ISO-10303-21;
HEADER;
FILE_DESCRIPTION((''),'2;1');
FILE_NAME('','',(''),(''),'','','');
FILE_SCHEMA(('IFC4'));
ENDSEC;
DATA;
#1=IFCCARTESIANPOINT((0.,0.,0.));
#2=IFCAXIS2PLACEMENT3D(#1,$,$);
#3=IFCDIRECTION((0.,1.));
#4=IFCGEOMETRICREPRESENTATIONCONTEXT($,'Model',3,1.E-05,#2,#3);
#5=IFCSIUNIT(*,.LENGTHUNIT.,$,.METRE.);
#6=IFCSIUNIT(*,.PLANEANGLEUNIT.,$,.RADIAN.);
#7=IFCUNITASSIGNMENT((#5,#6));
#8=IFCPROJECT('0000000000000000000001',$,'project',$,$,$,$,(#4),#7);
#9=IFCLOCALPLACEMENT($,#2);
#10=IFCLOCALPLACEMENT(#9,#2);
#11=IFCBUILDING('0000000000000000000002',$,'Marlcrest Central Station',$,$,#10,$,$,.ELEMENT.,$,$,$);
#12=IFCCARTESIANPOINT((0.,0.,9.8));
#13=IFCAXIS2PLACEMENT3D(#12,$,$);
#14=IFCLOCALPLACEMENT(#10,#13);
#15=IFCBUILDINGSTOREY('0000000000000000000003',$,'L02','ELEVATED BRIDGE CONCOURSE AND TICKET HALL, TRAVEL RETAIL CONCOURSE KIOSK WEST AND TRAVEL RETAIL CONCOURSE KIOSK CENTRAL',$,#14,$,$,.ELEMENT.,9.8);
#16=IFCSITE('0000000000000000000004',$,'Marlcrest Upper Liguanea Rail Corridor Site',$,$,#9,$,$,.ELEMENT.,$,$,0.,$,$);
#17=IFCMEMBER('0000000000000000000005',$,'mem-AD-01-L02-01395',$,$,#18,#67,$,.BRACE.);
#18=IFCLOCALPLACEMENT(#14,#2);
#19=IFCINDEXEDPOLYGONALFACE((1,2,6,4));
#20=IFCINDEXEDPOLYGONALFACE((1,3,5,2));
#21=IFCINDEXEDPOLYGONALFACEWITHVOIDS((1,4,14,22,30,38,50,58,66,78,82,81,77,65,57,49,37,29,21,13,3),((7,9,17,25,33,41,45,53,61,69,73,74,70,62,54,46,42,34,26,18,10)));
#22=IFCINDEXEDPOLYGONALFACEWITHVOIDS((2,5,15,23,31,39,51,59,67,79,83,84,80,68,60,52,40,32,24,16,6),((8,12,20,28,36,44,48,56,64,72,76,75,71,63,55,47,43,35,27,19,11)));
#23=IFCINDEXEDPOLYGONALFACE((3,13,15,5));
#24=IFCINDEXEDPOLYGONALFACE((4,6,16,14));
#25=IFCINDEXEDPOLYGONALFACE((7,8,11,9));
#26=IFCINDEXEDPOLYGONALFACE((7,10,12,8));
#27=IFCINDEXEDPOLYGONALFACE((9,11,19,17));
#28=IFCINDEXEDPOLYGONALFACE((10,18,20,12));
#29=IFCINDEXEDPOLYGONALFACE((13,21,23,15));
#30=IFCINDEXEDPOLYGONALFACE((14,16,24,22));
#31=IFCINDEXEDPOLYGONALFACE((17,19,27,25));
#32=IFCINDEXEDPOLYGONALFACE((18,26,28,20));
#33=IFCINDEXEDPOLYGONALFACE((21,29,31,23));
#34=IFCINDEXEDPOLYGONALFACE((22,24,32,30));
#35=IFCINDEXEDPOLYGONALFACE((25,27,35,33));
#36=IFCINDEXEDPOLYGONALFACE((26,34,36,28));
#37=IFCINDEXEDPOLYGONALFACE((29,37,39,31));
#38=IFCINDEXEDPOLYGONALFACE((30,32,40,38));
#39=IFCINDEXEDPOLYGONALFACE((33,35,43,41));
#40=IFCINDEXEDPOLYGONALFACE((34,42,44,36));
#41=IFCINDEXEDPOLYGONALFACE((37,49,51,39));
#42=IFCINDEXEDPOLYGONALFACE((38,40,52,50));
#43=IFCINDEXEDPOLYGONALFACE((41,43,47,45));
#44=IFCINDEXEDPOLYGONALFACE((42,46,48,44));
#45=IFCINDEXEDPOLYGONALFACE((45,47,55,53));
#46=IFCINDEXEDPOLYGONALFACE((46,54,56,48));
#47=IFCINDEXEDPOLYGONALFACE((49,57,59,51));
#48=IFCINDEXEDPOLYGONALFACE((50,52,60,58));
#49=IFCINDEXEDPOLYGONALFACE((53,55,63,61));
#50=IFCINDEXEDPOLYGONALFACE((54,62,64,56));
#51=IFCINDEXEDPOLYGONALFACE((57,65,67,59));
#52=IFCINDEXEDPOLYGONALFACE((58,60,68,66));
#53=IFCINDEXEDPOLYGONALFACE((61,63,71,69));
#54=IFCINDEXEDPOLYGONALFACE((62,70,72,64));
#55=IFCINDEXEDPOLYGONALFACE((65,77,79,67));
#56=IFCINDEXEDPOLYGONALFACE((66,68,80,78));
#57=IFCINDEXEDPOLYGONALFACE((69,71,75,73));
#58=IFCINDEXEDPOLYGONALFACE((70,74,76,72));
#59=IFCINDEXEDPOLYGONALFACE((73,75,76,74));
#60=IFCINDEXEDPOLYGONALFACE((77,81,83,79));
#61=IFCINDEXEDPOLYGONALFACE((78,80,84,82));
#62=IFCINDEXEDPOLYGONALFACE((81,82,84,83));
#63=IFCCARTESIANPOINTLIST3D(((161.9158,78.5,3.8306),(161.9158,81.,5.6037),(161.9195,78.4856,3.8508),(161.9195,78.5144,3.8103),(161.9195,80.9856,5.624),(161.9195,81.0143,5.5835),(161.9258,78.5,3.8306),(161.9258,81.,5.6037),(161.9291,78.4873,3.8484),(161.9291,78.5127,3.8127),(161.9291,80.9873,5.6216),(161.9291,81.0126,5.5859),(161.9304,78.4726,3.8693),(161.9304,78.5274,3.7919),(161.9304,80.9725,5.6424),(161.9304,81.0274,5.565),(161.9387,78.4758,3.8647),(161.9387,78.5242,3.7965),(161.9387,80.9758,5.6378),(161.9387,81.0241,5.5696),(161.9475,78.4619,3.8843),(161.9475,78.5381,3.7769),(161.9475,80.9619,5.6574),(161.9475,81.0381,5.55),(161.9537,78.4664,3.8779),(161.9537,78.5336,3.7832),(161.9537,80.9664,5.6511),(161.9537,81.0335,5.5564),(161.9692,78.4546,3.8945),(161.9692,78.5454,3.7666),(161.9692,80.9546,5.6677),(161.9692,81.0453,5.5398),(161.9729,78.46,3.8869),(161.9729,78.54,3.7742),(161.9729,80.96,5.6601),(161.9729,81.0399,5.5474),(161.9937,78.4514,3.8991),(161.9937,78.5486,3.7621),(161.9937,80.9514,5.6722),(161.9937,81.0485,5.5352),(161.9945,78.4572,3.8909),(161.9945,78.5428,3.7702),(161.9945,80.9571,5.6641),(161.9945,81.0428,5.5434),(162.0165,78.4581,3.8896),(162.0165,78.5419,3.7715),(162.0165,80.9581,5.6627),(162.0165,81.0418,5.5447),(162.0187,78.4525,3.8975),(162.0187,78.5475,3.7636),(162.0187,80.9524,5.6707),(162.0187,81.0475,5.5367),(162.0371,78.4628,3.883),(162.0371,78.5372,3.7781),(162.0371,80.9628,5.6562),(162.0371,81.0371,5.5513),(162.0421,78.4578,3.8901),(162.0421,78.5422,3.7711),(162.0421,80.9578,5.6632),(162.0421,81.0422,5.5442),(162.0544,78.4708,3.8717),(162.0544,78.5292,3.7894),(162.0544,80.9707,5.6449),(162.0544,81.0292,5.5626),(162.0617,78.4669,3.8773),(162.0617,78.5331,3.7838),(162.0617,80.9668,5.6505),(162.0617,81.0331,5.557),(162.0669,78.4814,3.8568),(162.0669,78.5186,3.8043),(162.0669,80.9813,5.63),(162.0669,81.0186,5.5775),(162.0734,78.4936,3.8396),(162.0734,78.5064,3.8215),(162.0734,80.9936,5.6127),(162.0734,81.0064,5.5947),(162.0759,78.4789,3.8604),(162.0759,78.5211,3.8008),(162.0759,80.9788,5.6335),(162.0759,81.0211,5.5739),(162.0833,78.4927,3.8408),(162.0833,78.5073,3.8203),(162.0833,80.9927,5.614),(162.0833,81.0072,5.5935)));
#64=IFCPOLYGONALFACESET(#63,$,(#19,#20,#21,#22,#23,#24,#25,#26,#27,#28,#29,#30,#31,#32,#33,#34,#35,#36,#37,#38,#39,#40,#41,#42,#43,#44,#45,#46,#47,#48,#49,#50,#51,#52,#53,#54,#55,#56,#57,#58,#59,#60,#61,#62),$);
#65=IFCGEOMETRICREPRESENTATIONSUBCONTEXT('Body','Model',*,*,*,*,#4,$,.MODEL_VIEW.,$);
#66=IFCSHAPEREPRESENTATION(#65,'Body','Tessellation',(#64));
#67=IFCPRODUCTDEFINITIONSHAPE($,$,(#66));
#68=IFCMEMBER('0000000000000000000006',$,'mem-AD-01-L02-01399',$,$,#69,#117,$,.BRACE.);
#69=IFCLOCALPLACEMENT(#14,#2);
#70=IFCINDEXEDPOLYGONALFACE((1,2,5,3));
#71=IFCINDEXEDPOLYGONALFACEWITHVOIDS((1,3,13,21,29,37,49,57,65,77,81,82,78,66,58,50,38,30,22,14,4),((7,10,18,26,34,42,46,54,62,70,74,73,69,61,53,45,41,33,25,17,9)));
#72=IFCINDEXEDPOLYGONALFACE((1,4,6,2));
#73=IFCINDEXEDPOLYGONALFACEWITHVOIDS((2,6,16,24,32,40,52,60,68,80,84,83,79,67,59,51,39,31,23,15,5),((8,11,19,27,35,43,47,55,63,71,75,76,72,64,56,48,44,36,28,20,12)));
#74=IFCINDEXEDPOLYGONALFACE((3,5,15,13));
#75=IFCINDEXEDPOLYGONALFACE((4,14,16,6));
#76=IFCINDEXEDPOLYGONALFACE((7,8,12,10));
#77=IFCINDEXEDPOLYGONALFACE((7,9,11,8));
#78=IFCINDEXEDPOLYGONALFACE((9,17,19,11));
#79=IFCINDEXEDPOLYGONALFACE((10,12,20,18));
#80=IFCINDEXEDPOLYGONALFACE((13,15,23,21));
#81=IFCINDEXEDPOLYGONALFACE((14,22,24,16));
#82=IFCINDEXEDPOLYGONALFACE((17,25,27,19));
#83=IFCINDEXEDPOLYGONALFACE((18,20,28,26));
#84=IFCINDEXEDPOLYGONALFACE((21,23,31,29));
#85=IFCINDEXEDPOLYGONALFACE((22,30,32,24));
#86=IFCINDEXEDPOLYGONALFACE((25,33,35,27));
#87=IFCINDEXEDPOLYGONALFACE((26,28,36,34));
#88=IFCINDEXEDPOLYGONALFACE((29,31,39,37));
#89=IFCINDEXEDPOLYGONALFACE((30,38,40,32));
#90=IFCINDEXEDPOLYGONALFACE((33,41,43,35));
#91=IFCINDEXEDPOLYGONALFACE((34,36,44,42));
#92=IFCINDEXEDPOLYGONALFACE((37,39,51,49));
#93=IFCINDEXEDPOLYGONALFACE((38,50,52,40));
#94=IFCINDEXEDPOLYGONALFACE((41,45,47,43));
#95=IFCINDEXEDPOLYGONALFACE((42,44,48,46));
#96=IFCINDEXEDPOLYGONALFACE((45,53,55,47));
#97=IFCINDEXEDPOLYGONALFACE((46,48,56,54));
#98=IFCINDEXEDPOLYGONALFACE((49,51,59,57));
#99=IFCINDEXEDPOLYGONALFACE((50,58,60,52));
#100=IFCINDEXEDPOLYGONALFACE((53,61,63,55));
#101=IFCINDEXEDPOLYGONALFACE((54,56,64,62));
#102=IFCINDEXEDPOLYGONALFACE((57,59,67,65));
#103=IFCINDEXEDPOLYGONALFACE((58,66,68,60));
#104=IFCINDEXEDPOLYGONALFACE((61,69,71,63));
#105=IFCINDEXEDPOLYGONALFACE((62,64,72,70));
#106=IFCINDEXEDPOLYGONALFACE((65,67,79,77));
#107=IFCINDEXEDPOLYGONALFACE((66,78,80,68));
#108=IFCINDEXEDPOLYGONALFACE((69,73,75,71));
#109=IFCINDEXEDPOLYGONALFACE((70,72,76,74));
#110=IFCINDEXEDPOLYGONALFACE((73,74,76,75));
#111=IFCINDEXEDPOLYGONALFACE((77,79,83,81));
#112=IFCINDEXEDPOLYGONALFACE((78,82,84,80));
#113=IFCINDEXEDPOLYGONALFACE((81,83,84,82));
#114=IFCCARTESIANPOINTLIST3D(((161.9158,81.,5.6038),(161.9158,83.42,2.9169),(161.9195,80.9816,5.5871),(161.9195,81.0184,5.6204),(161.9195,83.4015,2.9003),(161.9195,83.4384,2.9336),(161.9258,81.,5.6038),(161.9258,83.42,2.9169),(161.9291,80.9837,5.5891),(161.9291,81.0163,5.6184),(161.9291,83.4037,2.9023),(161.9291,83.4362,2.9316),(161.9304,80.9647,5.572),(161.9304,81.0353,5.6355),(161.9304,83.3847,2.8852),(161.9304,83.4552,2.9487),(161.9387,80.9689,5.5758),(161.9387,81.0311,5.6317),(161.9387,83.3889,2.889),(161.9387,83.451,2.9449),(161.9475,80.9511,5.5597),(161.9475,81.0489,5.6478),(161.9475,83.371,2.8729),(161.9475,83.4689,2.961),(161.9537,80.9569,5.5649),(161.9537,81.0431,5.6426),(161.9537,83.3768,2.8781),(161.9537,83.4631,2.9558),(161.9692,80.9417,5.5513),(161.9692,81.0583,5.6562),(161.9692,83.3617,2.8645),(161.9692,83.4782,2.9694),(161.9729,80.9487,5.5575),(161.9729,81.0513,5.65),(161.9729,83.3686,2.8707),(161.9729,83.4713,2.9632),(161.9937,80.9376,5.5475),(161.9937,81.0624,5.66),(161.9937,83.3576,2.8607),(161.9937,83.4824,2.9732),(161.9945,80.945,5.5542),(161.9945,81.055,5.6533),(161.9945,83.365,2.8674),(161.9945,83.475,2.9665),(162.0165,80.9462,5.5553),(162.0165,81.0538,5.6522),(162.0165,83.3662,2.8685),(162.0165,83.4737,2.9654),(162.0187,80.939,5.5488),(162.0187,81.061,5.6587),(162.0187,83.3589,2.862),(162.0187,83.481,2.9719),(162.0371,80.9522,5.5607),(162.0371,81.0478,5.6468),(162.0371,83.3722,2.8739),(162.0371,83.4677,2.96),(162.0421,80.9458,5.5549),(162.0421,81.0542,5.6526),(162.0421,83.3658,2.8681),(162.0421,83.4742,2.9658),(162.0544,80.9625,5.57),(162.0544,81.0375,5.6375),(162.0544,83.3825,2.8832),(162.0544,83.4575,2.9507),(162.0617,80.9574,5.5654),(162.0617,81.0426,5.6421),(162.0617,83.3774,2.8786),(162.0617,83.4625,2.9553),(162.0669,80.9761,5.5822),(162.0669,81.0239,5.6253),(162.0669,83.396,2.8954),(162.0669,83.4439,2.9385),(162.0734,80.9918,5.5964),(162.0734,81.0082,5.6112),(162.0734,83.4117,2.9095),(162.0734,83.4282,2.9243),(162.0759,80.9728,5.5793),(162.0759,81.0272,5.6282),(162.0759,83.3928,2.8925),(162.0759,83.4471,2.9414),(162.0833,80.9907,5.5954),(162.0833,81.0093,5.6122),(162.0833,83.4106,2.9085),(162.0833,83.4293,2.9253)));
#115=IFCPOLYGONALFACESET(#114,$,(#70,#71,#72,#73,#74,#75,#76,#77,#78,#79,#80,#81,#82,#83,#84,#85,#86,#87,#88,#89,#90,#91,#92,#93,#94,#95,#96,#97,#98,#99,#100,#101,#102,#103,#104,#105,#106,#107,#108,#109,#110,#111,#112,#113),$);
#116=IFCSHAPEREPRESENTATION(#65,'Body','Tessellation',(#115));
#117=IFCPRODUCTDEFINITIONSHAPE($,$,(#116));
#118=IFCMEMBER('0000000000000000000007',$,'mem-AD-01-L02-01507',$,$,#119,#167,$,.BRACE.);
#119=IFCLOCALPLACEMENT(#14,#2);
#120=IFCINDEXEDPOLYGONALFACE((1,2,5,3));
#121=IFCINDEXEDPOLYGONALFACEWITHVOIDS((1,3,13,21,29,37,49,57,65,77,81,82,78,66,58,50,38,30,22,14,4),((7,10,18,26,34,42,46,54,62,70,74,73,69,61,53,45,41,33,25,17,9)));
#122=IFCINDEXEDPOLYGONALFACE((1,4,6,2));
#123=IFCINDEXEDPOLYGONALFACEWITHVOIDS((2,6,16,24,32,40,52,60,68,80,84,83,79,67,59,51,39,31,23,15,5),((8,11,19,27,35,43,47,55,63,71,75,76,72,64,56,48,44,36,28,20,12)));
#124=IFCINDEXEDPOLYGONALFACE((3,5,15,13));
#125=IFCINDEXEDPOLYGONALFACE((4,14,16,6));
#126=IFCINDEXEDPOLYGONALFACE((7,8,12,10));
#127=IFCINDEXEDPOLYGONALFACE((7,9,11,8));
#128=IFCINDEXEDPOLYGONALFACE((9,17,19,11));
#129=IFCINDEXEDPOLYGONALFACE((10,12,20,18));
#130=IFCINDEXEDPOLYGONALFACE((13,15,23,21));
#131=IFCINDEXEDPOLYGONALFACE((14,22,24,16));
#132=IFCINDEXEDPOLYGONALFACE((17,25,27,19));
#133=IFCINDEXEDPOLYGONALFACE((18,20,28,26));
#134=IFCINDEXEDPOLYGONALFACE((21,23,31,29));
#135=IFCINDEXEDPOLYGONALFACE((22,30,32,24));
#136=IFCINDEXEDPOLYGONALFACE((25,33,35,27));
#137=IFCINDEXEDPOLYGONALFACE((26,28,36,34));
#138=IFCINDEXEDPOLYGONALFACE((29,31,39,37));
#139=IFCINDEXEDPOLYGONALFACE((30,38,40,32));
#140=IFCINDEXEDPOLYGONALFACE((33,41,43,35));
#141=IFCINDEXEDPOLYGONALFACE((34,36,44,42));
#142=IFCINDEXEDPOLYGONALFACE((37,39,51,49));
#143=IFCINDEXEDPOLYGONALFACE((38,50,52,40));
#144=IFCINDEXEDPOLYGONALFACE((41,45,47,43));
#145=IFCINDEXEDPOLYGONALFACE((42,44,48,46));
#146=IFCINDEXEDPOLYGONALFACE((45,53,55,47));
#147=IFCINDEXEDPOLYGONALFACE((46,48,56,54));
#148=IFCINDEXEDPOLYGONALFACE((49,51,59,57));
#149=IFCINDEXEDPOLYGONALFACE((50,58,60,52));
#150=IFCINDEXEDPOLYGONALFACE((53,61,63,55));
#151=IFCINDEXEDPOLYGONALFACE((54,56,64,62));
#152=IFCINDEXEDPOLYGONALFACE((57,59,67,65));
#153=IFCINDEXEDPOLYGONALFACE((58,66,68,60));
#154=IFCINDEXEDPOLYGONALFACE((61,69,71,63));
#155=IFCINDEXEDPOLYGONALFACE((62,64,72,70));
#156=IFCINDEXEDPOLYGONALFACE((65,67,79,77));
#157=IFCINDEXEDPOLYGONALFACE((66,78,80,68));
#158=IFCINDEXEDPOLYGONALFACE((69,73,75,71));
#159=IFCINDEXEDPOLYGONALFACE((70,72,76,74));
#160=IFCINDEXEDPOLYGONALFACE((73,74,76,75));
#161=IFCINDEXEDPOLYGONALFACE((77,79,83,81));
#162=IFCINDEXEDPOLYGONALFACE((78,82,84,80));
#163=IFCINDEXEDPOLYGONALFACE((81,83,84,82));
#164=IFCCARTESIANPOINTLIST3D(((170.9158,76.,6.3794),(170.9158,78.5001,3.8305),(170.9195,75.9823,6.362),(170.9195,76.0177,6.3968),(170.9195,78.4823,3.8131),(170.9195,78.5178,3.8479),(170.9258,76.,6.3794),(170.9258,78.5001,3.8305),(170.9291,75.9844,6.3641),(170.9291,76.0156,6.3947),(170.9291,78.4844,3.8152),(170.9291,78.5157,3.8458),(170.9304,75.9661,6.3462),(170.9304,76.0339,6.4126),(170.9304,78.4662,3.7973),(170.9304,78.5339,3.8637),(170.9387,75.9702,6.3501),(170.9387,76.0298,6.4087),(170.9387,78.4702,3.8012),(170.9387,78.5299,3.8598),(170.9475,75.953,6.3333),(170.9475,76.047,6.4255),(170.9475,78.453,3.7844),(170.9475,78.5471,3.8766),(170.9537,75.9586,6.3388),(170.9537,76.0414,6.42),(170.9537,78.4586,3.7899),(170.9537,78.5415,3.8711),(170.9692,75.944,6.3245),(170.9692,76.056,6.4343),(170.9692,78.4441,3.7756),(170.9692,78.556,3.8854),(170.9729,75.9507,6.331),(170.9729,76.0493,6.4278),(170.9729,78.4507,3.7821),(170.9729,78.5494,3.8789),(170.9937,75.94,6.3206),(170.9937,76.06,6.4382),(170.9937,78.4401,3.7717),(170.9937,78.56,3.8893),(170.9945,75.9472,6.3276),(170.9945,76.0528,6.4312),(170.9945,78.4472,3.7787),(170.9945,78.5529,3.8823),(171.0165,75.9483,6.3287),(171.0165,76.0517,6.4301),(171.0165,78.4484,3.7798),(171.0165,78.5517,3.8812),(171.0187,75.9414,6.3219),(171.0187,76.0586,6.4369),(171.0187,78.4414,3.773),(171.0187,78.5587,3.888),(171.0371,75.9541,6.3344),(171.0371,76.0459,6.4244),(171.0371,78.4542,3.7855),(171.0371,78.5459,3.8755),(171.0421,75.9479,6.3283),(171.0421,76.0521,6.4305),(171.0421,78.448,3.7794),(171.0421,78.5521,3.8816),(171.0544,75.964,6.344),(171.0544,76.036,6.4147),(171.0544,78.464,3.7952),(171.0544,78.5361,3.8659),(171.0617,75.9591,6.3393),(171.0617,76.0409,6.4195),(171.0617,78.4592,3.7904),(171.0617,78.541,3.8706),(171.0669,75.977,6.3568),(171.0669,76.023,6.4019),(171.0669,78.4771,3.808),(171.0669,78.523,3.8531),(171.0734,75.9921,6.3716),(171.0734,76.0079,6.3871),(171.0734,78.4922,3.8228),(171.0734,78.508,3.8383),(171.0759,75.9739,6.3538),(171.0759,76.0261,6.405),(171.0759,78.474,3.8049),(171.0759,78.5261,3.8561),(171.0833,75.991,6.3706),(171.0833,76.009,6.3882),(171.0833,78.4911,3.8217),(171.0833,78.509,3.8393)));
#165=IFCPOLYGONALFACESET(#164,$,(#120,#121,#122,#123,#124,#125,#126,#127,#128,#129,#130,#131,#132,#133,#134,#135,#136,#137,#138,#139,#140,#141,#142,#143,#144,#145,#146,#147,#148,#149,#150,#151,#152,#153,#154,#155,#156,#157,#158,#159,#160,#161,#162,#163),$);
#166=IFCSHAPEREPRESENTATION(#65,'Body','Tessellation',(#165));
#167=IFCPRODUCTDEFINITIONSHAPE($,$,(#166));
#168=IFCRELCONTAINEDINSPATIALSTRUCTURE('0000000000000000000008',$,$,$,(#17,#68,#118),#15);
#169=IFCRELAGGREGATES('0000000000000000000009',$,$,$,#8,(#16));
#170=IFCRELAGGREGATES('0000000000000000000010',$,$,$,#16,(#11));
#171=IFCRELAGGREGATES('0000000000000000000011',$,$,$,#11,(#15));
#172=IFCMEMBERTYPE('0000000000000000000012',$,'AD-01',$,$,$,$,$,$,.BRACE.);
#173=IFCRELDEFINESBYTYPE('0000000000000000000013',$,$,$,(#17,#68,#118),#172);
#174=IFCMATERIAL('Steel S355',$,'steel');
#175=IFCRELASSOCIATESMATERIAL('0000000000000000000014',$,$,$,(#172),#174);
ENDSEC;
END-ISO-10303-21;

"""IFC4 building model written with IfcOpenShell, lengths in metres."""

from ifc_helpers import new_model, si_unit, direction, frame, origin, origin_2d, place, context, subcontext, project, spatial, hollow_circle, extrude, material, material_profile, profile_set, type_object, element, save


model = new_model("IFC4")

# Units and contexts
model_context = context("Model", 3, precision=1e-05, world=origin(), true_north=direction((0.0, 1.0)))
body_context = subcontext(model_context, "Body", "Model", "MODEL_VIEW")
ifc_project = project(units=[si_unit("LENGTHUNIT", "METRE"), si_unit("PLANEANGLEUNIT", "RADIAN")], contexts=[model_context])

# Site, building, storey
site_placement = place(None, origin())
site = spatial("IfcSite", under=ifc_project, at=site_placement, Name="Marlcrest Upper Liguanea Rail Corridor Site", CompositionType="ELEMENT", RefElevation=0.0)
building_placement = place(site_placement, origin())
building = spatial("IfcBuilding", under=site, at=building_placement, Name="Marlcrest Central Station", CompositionType="ELEMENT")
storey_placement = place(building_placement, frame((0.0, 0.0, 9.8)))
storey = spatial("IfcBuildingStorey", under=building, at=storey_placement, Name="L02", Description="ELEVATED BRIDGE CONCOURSE AND TICKET HALL, TRAVEL RETAIL CONCOURSE KIOSK WEST AND TRAVEL RETAIL CONCOURSE KIOSK CENTRAL", CompositionType="ELEMENT", Elevation=9.8)

# Members
ifc_material_1 = material(Name="Steel S355", Category="steel")
ifc_material_profile_1 = material_profile(ifc_material_1, hollow_circle(Radius=0.0842, WallThickness=0.01, at=origin_2d()), Name="CHS 168.3x10")
ifc_profile_set_1 = profile_set([ifc_material_profile_1], Name="Steel S355")
member_type_1 = type_object("IfcMemberType", Name="AD-01", PredefinedType="BRACE", material=ifc_profile_set_1)
member_1_placement = place(storey_placement, frame((162.0, 78.5, 3.8306), z_axis=(0.0, 0.815661, 0.57853), x_axis=(-1.0, 0.0, 0.0)))
element("IfcMember", 1, at=member_1_placement, inside=storey, type_object=member_type_1, Name="mem-AD-01-L02-01395", PredefinedType="BRACE", context=body_context, shape_type="SweptSolid", body=[
    extrude(hollow_circle(Radius=0.0842, WallThickness=0.01, at=origin_2d()), origin(), (0.0, 0.0, 1.0), 3.0649),
])
member_2_placement = place(storey_placement, frame((162.0, 81.0, 5.6038), z_axis=(0.0, 0.669244, -0.743042), x_axis=(-1.0, 0.0, 0.0)))
element("IfcMember", 2, at=member_2_placement, inside=storey, type_object=member_type_1, Name="mem-AD-01-L02-01399", PredefinedType="BRACE", context=body_context, shape_type="SweptSolid", body=[
    extrude(hollow_circle(Radius=0.0842, WallThickness=0.01, at=origin_2d()), origin(), (0.0, 0.0, 1.0), 3.616),
])
member_3_placement = place(storey_placement, frame((171.0, 76.0, 6.3794), z_axis=(0.0, 0.700235, -0.713912), x_axis=(-1.0, 0.0, 0.0)))
element("IfcMember", 3, at=member_3_placement, inside=storey, type_object=member_type_1, Name="mem-AD-01-L02-01507", PredefinedType="BRACE", context=body_context, shape_type="SweptSolid", body=[
    extrude(hollow_circle(Radius=0.0842, WallThickness=0.01, at=origin_2d()), origin(), (0.0, 0.0, 1.0), 3.5703),
])

save(model, "model.ifc")
